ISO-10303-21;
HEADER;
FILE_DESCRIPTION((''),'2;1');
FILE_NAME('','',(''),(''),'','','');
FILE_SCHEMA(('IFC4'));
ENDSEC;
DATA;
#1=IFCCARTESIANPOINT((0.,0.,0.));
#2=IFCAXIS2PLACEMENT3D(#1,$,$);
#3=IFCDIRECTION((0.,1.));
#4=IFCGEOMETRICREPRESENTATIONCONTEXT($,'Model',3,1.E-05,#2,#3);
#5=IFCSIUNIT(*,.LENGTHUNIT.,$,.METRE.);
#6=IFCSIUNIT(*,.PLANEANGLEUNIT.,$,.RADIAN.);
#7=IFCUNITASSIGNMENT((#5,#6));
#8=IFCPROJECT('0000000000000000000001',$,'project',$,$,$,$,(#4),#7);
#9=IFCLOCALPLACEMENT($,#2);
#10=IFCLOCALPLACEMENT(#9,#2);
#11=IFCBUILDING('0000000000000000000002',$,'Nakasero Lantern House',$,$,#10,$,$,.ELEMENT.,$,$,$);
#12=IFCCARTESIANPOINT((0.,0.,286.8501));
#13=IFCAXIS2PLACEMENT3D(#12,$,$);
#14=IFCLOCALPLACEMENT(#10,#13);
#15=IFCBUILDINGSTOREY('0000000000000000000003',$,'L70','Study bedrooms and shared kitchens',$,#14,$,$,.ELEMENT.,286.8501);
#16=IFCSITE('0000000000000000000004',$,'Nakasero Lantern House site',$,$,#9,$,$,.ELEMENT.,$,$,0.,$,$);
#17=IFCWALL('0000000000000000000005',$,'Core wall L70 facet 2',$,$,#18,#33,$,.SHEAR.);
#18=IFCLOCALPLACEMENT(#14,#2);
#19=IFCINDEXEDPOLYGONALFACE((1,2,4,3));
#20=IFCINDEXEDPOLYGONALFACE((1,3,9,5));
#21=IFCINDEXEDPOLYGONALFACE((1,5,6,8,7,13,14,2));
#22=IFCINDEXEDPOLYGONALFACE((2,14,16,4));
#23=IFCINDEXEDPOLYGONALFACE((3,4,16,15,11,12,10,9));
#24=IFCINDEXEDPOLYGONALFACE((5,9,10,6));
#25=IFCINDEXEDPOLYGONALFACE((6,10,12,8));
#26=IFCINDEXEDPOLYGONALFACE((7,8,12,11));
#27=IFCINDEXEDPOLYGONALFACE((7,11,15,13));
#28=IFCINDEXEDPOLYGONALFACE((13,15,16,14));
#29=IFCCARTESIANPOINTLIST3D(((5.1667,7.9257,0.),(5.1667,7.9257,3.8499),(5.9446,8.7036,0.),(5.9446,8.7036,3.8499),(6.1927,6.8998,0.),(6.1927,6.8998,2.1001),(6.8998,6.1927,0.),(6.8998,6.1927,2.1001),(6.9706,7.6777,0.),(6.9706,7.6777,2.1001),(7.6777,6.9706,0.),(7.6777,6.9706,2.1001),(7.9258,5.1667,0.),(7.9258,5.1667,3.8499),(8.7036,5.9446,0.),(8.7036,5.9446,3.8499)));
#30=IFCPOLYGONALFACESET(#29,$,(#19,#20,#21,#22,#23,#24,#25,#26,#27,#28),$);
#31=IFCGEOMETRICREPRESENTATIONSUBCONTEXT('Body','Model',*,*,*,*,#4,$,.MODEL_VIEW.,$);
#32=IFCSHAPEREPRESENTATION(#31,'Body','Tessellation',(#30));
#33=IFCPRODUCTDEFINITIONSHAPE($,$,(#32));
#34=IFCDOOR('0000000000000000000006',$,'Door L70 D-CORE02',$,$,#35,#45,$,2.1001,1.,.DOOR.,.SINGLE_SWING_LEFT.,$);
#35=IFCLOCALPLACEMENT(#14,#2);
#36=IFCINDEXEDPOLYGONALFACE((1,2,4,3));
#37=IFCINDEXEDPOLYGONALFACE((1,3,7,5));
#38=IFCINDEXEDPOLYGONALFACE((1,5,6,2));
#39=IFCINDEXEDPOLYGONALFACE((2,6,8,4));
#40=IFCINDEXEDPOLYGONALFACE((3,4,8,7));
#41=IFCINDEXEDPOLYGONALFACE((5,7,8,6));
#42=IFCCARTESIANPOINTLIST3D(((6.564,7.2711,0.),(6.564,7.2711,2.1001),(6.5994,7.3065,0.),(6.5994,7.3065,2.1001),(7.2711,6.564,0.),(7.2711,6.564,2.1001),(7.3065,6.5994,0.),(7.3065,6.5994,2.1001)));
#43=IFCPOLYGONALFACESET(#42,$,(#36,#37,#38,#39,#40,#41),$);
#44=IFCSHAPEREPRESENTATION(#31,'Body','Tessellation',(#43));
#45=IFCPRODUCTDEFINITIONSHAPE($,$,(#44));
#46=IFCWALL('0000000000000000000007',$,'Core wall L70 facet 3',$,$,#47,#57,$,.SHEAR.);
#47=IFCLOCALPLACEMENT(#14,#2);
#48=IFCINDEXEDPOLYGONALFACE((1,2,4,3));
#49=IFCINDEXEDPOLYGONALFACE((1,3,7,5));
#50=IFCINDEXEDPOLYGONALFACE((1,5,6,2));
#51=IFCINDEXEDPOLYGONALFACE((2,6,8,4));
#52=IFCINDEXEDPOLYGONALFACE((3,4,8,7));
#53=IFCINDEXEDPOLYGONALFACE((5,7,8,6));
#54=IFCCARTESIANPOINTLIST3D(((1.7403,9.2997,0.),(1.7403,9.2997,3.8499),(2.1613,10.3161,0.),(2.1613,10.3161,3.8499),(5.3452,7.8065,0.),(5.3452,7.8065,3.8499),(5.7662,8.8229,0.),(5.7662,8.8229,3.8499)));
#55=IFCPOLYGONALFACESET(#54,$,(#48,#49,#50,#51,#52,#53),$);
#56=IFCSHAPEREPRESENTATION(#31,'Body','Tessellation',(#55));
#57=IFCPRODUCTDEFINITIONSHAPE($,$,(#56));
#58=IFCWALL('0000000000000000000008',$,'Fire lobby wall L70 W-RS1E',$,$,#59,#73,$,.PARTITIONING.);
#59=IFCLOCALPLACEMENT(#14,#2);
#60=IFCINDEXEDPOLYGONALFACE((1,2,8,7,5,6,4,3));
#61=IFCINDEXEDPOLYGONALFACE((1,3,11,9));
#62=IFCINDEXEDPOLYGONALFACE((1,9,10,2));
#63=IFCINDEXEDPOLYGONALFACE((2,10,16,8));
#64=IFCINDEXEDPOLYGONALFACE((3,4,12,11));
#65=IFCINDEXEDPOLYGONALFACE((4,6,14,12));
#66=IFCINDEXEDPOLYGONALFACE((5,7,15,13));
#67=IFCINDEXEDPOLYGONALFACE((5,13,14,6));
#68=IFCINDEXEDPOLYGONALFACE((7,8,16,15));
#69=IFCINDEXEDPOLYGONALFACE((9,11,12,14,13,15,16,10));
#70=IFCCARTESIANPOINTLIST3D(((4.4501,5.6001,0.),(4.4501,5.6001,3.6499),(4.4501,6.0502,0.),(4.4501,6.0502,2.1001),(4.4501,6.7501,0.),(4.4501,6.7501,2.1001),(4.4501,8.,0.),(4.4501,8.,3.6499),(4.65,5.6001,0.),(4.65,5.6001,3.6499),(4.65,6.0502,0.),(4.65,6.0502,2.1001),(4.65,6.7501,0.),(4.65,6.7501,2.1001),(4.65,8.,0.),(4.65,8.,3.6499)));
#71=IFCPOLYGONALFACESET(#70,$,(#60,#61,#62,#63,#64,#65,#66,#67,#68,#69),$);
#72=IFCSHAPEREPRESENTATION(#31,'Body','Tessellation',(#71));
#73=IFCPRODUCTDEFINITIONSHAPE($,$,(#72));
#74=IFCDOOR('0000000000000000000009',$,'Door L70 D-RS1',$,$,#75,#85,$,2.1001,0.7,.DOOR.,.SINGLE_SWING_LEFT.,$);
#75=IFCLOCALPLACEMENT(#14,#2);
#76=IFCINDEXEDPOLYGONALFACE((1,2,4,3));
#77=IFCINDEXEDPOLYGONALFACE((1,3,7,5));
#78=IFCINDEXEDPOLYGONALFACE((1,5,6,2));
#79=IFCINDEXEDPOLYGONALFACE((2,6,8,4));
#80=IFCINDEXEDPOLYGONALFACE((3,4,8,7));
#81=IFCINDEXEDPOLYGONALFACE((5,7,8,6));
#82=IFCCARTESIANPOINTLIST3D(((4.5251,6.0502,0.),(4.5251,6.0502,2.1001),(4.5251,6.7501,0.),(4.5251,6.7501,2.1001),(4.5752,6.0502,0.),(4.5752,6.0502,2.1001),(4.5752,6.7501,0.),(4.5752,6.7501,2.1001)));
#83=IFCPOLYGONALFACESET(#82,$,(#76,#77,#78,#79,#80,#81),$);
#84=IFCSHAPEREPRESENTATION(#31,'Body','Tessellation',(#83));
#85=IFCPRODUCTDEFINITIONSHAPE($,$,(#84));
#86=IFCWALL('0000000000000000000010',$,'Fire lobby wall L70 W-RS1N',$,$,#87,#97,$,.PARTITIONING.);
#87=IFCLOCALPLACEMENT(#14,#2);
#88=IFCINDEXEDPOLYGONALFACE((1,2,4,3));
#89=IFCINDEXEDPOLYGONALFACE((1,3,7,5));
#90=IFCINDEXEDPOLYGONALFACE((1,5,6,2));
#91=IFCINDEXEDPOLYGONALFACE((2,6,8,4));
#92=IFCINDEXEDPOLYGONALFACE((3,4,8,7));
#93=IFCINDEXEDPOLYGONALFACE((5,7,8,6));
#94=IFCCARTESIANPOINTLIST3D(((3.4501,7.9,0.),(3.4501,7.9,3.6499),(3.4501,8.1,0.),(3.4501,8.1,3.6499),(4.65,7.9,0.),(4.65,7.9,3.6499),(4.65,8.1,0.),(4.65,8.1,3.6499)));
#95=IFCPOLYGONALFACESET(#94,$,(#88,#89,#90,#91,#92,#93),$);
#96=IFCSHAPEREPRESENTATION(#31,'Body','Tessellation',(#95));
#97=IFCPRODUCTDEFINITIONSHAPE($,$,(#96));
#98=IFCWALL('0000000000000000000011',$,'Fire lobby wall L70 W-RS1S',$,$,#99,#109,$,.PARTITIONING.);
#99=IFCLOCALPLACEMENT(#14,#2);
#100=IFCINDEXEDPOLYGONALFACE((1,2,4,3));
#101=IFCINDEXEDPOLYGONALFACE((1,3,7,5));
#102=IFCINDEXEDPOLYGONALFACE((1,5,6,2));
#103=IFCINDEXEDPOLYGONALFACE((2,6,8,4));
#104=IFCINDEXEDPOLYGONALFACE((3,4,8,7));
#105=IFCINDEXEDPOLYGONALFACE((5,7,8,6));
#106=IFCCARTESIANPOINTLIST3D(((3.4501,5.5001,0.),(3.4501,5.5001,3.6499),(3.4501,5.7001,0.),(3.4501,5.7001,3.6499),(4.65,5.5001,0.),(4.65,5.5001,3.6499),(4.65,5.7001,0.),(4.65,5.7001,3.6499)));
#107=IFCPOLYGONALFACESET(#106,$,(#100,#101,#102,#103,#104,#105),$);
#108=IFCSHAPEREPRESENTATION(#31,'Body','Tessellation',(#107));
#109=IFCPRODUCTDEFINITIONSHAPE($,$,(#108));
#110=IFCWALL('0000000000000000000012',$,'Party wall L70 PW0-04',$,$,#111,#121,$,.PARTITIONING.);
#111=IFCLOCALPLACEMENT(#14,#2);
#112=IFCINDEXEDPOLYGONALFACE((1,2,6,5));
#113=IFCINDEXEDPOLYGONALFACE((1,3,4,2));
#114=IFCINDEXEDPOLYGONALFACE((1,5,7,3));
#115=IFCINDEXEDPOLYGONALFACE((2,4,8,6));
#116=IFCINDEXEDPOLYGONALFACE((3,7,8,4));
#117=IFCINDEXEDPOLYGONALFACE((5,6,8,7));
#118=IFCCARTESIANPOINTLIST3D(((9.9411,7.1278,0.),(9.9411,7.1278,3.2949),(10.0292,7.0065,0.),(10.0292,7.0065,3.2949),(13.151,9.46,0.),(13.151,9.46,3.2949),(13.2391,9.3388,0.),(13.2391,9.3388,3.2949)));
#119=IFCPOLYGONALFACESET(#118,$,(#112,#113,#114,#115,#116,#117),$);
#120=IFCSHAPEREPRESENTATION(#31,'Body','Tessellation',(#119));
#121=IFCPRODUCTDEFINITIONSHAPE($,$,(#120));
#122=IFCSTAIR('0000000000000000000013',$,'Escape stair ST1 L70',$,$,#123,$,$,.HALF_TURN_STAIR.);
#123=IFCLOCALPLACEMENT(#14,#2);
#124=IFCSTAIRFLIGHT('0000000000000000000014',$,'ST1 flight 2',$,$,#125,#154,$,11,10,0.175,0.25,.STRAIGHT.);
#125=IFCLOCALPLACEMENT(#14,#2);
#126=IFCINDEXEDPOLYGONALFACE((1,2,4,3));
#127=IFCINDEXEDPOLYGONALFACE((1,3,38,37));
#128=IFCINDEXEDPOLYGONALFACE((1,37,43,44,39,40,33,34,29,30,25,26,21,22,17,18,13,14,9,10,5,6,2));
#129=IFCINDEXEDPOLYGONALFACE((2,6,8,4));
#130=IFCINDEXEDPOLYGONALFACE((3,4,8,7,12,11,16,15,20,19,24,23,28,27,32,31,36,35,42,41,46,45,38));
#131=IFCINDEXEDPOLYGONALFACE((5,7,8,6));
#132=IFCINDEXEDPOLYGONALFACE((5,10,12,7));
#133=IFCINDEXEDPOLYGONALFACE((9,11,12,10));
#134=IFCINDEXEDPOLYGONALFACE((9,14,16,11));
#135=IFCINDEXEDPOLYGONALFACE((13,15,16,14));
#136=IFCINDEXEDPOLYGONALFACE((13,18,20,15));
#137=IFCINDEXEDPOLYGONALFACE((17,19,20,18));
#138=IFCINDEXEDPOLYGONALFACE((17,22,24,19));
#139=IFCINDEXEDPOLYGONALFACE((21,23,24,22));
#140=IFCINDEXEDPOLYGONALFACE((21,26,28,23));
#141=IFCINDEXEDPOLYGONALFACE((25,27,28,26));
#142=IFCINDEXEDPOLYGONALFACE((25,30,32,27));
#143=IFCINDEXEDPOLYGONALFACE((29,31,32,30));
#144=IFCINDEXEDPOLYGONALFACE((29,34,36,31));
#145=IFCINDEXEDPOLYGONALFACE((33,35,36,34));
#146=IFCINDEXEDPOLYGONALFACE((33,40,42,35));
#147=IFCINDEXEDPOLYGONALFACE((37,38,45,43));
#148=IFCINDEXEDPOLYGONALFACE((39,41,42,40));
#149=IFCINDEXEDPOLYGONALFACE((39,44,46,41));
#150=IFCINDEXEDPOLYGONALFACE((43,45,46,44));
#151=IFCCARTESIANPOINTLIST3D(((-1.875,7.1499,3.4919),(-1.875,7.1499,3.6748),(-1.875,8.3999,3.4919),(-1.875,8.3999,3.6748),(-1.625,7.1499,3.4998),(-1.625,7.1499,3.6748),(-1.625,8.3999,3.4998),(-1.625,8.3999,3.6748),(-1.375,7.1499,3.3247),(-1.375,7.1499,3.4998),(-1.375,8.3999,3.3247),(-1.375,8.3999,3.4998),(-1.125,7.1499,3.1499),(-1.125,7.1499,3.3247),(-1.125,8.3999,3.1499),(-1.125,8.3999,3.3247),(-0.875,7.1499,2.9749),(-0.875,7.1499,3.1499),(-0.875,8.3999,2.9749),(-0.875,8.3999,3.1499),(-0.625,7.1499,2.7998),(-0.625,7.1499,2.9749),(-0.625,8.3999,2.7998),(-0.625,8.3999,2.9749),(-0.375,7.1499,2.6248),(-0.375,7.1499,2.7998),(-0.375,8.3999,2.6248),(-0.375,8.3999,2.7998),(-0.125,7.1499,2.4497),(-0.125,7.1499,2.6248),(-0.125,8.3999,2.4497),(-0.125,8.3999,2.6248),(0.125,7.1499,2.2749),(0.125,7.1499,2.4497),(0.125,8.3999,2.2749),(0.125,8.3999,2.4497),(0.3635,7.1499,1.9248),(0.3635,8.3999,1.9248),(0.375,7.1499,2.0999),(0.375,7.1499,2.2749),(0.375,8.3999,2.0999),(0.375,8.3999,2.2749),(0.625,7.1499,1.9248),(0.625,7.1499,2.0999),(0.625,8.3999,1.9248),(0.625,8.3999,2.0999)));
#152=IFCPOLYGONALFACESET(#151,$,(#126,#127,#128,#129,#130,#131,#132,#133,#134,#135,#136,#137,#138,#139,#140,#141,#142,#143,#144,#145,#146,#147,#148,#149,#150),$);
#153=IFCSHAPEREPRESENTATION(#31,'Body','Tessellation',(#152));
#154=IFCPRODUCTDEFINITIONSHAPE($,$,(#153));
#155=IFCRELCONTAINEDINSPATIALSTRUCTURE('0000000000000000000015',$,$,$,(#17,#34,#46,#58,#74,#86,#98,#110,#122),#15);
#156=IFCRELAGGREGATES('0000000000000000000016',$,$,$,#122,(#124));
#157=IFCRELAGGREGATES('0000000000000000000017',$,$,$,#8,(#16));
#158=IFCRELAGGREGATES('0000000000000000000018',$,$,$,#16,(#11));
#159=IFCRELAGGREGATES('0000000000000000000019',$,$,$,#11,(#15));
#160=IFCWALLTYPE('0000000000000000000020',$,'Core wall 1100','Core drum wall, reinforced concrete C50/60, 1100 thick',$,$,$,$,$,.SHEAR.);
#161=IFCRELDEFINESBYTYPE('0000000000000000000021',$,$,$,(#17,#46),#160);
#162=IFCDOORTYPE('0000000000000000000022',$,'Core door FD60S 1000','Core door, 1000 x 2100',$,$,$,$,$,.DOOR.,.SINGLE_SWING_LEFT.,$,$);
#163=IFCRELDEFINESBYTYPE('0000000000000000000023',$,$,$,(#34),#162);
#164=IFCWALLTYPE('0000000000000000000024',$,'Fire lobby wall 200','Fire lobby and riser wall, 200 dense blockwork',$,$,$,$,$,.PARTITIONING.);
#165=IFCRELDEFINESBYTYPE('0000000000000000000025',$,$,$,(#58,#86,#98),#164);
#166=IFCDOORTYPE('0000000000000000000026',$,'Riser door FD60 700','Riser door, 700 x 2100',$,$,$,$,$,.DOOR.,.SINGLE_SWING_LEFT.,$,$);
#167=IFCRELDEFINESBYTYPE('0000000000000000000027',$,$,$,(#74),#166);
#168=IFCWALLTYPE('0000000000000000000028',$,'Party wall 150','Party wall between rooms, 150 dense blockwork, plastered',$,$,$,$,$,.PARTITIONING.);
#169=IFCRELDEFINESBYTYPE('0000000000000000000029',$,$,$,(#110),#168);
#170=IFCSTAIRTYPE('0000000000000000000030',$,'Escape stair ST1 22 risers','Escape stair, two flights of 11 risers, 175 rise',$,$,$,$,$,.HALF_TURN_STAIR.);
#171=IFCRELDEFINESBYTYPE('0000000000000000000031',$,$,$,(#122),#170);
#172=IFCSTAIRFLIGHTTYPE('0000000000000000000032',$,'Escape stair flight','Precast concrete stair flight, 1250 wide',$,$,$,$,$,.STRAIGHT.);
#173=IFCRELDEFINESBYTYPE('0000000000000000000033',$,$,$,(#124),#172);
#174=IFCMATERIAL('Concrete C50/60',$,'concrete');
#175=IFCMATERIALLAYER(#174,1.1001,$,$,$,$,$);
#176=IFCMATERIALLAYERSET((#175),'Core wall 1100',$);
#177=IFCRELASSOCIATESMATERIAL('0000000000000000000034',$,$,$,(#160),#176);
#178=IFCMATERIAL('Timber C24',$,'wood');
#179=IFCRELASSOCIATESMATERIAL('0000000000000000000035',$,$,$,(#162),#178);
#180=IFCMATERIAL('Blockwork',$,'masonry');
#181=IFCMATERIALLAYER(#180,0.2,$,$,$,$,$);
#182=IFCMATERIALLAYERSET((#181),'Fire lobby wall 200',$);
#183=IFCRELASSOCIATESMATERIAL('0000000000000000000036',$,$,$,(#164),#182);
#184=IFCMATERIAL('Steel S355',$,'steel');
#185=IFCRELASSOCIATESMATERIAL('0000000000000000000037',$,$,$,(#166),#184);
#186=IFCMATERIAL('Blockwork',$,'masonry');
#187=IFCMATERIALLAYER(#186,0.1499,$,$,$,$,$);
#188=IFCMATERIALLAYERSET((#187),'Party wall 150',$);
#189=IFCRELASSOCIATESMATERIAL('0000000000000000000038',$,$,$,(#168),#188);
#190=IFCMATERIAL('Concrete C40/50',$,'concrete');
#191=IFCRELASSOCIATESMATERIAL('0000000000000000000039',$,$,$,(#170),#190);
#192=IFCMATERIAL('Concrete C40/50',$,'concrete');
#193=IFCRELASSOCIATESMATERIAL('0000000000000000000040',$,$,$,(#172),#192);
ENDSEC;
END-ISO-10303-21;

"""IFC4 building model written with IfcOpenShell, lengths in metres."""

from ifc_helpers import new_model, si_unit, direction, frame, frame_2d, origin, place, context, subcontext, project, spatial, polyline, rectangle, outline, extrude, material, layer, layer_set, type_object, element, fill, aggregate, save


model = new_model("IFC4")

# Units and contexts
model_context = context("Model", 3, precision=1e-05, world=origin(), true_north=direction((0.0, 1.0)))
body_context = subcontext(model_context, "Body", "Model", "MODEL_VIEW")
ifc_project = project(units=[si_unit("LENGTHUNIT", "METRE"), si_unit("PLANEANGLEUNIT", "RADIAN")], contexts=[model_context])

# Site, building, storey
site_placement = place(None, origin())
site = spatial("IfcSite", under=ifc_project, at=site_placement, Name="Nakasero Lantern House site", CompositionType="ELEMENT", RefElevation=0.0)
building_placement = place(site_placement, origin())
building = spatial("IfcBuilding", under=site, at=building_placement, Name="Nakasero Lantern House", CompositionType="ELEMENT")
storey_placement = place(building_placement, frame((0.0, 0.0, 286.8501)))
storey = spatial("IfcBuildingStorey", under=building, at=storey_placement, Name="L70", Description="Study bedrooms and shared kitchens", CompositionType="ELEMENT", Elevation=286.8501)

# Shared definitions
ifc_material_1 = material(Name="Concrete C50/60", Category="concrete")
ifc_layer_1 = layer(ifc_material_1, 1.1001)
ifc_layer_set_1 = layer_set([ifc_layer_1], Name="Core wall 1100")
wall_type_1 = type_object("IfcWallType", Name="Core wall 1100", Description="Core drum wall, reinforced concrete C50/60, 1100 thick", PredefinedType="SHEAR", material=ifc_layer_set_1)

# Wall, opening, door
wall_1_placement = place(storey_placement, frame((8.3147, 5.5557, 0.0), z_axis=(0.0, 0.0, 1.0), x_axis=(-0.707107, 0.707107, 0.0)))
wall_1 = element("IfcWall", 1, at=wall_1_placement, inside=storey, type_object=wall_type_1, Name="Core wall L70 facet 2", PredefinedType="SHEAR", context=body_context, shape_type="SweptSolid", body=[
    extrude(rectangle(XDim=3.9019, YDim=1.1001, at=frame_2d((1.9509, 0.0))), origin(), (0.0, 0.0, 1.0), 3.8499),
])
opening_1_placement = place(wall_1_placement, frame((1.4509, 0.0, 0.0)))
opening_1 = element("IfcOpeningElement", 2, at=opening_1_placement, cuts=wall_1, PredefinedType="OPENING", context=body_context, shape_type="SweptSolid", body=[
    extrude(rectangle(XDim=1.0, YDim=2.1001, at=frame_2d((0.5, 1.05))), frame((0.0, 0.5701, 0.0), z_axis=(0.0, -1.0, 0.0), x_axis=(1.0, 0.0, 0.0)), (0.0, 0.0, 1.0), 1.1401),
])
ifc_material_2 = material(Name="Timber C24", Category="wood")
door_type_1 = type_object("IfcDoorType", Name="Core door FD60S 1000", Description="Core door, 1000 x 2100", OperationType="SINGLE_SWING_LEFT", PredefinedType="DOOR", material=ifc_material_2)
door_1_placement = place(opening_1_placement, origin())
door_1 = element("IfcDoor", 3, at=door_1_placement, inside=storey, type_object=door_type_1, Name="Door L70 D-CORE02", OperationType="SINGLE_SWING_LEFT", OverallHeight=2.1001, OverallWidth=1.0, PredefinedType="DOOR", context=body_context, shape_type="SweptSolid", body=[
    extrude(rectangle(XDim=1.0, YDim=2.1001, at=frame_2d((0.5, 1.05))), frame((0.0, 0.0249, 0.0), z_axis=(0.0, -1.0, 0.0), x_axis=(1.0, 0.0, 0.0)), (0.0, 0.0, 1.0), 0.05),
])
fill(opening_1, door_1)

# Wall
wall_2_placement = place(storey_placement, frame((5.5557, 8.3147, 0.0), z_axis=(0.0, 0.0, 1.0), x_axis=(-0.923877, 0.382691, 0.0)))
element("IfcWall", 4, at=wall_2_placement, inside=storey, type_object=wall_type_1, Name="Core wall L70 facet 3", PredefinedType="SHEAR", context=body_context, shape_type="SweptSolid", body=[
    extrude(rectangle(XDim=3.9019, YDim=1.1001, at=frame_2d((1.9509, 0.0))), origin(), (0.0, 0.0, 1.0), 3.8499),
])

# Wall, opening, door
ifc_material_3 = material(Name="Blockwork", Category="masonry")
ifc_layer_2 = layer(ifc_material_3, 0.2)
ifc_layer_set_2 = layer_set([ifc_layer_2], Name="Fire lobby wall 200")
wall_type_2 = type_object("IfcWallType", Name="Fire lobby wall 200", Description="Fire lobby and riser wall, 200 dense blockwork", PredefinedType="PARTITIONING", material=ifc_layer_set_2)
wall_3_placement = place(storey_placement, frame((4.55, 5.6001, 0.0), z_axis=(0.0, 0.0, 1.0), x_axis=(0.0, 1.0, 0.0)))
wall_3 = element("IfcWall", 5, at=wall_3_placement, inside=storey, type_object=wall_type_2, Name="Fire lobby wall L70 W-RS1E", PredefinedType="PARTITIONING", context=body_context, shape_type="SweptSolid", body=[
    extrude(rectangle(XDim=2.3999, YDim=0.2, at=frame_2d((1.2, 0.0))), origin(), (0.0, 0.0, 1.0), 3.6499),
])
opening_2_placement = place(wall_3_placement, frame((0.45, 0.0, 0.0)))
opening_2 = element("IfcOpeningElement", 6, at=opening_2_placement, cuts=wall_3, PredefinedType="OPENING", context=body_context, shape_type="SweptSolid", body=[
    extrude(rectangle(XDim=0.7, YDim=2.1001, at=frame_2d((0.3501, 1.05))), frame((0.0, 0.1199, 0.0), z_axis=(0.0, -1.0, 0.0), x_axis=(1.0, 0.0, 0.0)), (0.0, 0.0, 1.0), 0.24),
])
ifc_material_4 = material(Name="Steel S355", Category="steel")
door_type_2 = type_object("IfcDoorType", Name="Riser door FD60 700", Description="Riser door, 700 x 2100", OperationType="SINGLE_SWING_LEFT", PredefinedType="DOOR", material=ifc_material_4)
door_2_placement = place(opening_2_placement, origin())
door_2 = element("IfcDoor", 7, at=door_2_placement, inside=storey, type_object=door_type_2, Name="Door L70 D-RS1", OperationType="SINGLE_SWING_LEFT", OverallHeight=2.1001, OverallWidth=0.7, PredefinedType="DOOR", context=body_context, shape_type="SweptSolid", body=[
    extrude(rectangle(XDim=0.7, YDim=2.1001, at=frame_2d((0.3501, 1.05))), frame((0.0, 0.0249, 0.0), z_axis=(0.0, -1.0, 0.0), x_axis=(1.0, 0.0, 0.0)), (0.0, 0.0, 1.0), 0.05),
])
fill(opening_2, door_2)

# Walls
for number, where, z_axis, x_axis, name in (
    (8, (3.45, 8.0, 0.0), (0.0, 0.0, 1.0), (1.0, 0.0, 0.0), "Fire lobby wall L70 W-RS1N"),
    (9, (3.45, 5.6001, 0.0), (0.0, 0.0, 1.0), (1.0, 0.0, 0.0), "Fire lobby wall L70 W-RS1S"),
):
    element("IfcWall", number, at=place(storey_placement, frame(where, z_axis=z_axis, x_axis=x_axis)), inside=storey, type_object=wall_type_2, Name=name, PredefinedType="PARTITIONING", context=body_context, shape_type="SweptSolid", body=[
        extrude(rectangle(XDim=1.2, YDim=0.2, at=frame_2d((0.6001, 0.0))), origin(), (0.0, 0.0, 1.0), 3.6499),
    ])
ifc_material_5 = material(Name="Blockwork", Category="masonry")
ifc_layer_3 = layer(ifc_material_5, 0.1499)
ifc_layer_set_3 = layer_set([ifc_layer_3], Name="Party wall 150")
wall_type_3 = type_object("IfcWallType", Name="Party wall 150", Description="Party wall between rooms, 150 dense blockwork, plastered", PredefinedType="PARTITIONING", material=ifc_layer_set_3)
wall_4_placement = place(storey_placement, frame((9.9851, 7.0671, 0.0), z_axis=(0.0, 0.0, 1.0), x_axis=(0.809005, 0.587802, 0.0)))
element("IfcWall", 10, at=wall_4_placement, inside=storey, type_object=wall_type_3, Name="Party wall L70 PW0-04", PredefinedType="PARTITIONING", context=body_context, shape_type="SweptSolid", body=[
    extrude(rectangle(XDim=3.9678, YDim=0.1499, at=frame_2d((1.9839, 0.0))), origin(), (0.0, 0.0, 1.0), 3.2949),
])

# Stair, stair flight
ifc_material_6 = material(Name="Concrete C40/50", Category="concrete")
stair_type_1 = type_object("IfcStairType", Name="Escape stair ST1 22 risers", Description="Escape stair, two flights of 11 risers, 175 rise", PredefinedType="HALF_TURN_STAIR", material=ifc_material_6)
stair_1_placement = place(storey_placement, origin())
stair_1 = element("IfcStair", 11, at=stair_1_placement, inside=storey, type_object=stair_type_1, Name="Escape stair ST1 L70", PredefinedType="HALF_TURN_STAIR")
ifc_material_7 = material(Name="Concrete C40/50", Category="concrete")
stair_flight_type = type_object("IfcStairFlightType", Name="Escape stair flight", Description="Precast concrete stair flight, 1250 wide", PredefinedType="STRAIGHT", material=ifc_material_7)
stair_flight_placement = place(storey_placement, frame((0.625, 7.7749, 1.9248), z_axis=(0.0, 0.0, 1.0), x_axis=(-1.0, 0.0, 0.0)))
stair_flight = element("IfcStairFlight", 12, at=stair_flight_placement, type_object=stair_flight_type, Name="ST1 flight 2", NumberOfRisers=11, NumberOfTreads=10, PredefinedType="STRAIGHT", RiserHeight=0.175, TreadLength=0.25, context=body_context, shape_type="SweptSolid", body=[
    extrude(outline(polyline([(0.0, 0.0), (0.0, 0.175), (0.25, 0.175), (0.25, 0.3501), (0.5, 0.3501), (0.5, 0.5249), (0.75, 0.5249), (0.75, 0.7), (1.0, 0.7), (1.0, 0.875), (1.25, 0.875), (1.25, 1.05), (1.5, 1.05), (1.5, 1.2251), (1.75, 1.2251), (1.75, 1.3999), (2.0, 1.3999), (2.0, 1.575), (2.25, 1.575), (2.25, 1.75), (2.5, 1.75), (2.5, 1.925), (2.5, 1.5671), (0.2615, 0.0), (0.0, 0.0)])), frame((0.0, 0.625, 0.0), z_axis=(0.0, -1.0, 0.0), x_axis=(1.0, 0.0, 0.0)), (0.0, 0.0, 1.0), 1.25),
])
aggregate(stair_1, [stair_flight])

save(model, "model.ifc")
